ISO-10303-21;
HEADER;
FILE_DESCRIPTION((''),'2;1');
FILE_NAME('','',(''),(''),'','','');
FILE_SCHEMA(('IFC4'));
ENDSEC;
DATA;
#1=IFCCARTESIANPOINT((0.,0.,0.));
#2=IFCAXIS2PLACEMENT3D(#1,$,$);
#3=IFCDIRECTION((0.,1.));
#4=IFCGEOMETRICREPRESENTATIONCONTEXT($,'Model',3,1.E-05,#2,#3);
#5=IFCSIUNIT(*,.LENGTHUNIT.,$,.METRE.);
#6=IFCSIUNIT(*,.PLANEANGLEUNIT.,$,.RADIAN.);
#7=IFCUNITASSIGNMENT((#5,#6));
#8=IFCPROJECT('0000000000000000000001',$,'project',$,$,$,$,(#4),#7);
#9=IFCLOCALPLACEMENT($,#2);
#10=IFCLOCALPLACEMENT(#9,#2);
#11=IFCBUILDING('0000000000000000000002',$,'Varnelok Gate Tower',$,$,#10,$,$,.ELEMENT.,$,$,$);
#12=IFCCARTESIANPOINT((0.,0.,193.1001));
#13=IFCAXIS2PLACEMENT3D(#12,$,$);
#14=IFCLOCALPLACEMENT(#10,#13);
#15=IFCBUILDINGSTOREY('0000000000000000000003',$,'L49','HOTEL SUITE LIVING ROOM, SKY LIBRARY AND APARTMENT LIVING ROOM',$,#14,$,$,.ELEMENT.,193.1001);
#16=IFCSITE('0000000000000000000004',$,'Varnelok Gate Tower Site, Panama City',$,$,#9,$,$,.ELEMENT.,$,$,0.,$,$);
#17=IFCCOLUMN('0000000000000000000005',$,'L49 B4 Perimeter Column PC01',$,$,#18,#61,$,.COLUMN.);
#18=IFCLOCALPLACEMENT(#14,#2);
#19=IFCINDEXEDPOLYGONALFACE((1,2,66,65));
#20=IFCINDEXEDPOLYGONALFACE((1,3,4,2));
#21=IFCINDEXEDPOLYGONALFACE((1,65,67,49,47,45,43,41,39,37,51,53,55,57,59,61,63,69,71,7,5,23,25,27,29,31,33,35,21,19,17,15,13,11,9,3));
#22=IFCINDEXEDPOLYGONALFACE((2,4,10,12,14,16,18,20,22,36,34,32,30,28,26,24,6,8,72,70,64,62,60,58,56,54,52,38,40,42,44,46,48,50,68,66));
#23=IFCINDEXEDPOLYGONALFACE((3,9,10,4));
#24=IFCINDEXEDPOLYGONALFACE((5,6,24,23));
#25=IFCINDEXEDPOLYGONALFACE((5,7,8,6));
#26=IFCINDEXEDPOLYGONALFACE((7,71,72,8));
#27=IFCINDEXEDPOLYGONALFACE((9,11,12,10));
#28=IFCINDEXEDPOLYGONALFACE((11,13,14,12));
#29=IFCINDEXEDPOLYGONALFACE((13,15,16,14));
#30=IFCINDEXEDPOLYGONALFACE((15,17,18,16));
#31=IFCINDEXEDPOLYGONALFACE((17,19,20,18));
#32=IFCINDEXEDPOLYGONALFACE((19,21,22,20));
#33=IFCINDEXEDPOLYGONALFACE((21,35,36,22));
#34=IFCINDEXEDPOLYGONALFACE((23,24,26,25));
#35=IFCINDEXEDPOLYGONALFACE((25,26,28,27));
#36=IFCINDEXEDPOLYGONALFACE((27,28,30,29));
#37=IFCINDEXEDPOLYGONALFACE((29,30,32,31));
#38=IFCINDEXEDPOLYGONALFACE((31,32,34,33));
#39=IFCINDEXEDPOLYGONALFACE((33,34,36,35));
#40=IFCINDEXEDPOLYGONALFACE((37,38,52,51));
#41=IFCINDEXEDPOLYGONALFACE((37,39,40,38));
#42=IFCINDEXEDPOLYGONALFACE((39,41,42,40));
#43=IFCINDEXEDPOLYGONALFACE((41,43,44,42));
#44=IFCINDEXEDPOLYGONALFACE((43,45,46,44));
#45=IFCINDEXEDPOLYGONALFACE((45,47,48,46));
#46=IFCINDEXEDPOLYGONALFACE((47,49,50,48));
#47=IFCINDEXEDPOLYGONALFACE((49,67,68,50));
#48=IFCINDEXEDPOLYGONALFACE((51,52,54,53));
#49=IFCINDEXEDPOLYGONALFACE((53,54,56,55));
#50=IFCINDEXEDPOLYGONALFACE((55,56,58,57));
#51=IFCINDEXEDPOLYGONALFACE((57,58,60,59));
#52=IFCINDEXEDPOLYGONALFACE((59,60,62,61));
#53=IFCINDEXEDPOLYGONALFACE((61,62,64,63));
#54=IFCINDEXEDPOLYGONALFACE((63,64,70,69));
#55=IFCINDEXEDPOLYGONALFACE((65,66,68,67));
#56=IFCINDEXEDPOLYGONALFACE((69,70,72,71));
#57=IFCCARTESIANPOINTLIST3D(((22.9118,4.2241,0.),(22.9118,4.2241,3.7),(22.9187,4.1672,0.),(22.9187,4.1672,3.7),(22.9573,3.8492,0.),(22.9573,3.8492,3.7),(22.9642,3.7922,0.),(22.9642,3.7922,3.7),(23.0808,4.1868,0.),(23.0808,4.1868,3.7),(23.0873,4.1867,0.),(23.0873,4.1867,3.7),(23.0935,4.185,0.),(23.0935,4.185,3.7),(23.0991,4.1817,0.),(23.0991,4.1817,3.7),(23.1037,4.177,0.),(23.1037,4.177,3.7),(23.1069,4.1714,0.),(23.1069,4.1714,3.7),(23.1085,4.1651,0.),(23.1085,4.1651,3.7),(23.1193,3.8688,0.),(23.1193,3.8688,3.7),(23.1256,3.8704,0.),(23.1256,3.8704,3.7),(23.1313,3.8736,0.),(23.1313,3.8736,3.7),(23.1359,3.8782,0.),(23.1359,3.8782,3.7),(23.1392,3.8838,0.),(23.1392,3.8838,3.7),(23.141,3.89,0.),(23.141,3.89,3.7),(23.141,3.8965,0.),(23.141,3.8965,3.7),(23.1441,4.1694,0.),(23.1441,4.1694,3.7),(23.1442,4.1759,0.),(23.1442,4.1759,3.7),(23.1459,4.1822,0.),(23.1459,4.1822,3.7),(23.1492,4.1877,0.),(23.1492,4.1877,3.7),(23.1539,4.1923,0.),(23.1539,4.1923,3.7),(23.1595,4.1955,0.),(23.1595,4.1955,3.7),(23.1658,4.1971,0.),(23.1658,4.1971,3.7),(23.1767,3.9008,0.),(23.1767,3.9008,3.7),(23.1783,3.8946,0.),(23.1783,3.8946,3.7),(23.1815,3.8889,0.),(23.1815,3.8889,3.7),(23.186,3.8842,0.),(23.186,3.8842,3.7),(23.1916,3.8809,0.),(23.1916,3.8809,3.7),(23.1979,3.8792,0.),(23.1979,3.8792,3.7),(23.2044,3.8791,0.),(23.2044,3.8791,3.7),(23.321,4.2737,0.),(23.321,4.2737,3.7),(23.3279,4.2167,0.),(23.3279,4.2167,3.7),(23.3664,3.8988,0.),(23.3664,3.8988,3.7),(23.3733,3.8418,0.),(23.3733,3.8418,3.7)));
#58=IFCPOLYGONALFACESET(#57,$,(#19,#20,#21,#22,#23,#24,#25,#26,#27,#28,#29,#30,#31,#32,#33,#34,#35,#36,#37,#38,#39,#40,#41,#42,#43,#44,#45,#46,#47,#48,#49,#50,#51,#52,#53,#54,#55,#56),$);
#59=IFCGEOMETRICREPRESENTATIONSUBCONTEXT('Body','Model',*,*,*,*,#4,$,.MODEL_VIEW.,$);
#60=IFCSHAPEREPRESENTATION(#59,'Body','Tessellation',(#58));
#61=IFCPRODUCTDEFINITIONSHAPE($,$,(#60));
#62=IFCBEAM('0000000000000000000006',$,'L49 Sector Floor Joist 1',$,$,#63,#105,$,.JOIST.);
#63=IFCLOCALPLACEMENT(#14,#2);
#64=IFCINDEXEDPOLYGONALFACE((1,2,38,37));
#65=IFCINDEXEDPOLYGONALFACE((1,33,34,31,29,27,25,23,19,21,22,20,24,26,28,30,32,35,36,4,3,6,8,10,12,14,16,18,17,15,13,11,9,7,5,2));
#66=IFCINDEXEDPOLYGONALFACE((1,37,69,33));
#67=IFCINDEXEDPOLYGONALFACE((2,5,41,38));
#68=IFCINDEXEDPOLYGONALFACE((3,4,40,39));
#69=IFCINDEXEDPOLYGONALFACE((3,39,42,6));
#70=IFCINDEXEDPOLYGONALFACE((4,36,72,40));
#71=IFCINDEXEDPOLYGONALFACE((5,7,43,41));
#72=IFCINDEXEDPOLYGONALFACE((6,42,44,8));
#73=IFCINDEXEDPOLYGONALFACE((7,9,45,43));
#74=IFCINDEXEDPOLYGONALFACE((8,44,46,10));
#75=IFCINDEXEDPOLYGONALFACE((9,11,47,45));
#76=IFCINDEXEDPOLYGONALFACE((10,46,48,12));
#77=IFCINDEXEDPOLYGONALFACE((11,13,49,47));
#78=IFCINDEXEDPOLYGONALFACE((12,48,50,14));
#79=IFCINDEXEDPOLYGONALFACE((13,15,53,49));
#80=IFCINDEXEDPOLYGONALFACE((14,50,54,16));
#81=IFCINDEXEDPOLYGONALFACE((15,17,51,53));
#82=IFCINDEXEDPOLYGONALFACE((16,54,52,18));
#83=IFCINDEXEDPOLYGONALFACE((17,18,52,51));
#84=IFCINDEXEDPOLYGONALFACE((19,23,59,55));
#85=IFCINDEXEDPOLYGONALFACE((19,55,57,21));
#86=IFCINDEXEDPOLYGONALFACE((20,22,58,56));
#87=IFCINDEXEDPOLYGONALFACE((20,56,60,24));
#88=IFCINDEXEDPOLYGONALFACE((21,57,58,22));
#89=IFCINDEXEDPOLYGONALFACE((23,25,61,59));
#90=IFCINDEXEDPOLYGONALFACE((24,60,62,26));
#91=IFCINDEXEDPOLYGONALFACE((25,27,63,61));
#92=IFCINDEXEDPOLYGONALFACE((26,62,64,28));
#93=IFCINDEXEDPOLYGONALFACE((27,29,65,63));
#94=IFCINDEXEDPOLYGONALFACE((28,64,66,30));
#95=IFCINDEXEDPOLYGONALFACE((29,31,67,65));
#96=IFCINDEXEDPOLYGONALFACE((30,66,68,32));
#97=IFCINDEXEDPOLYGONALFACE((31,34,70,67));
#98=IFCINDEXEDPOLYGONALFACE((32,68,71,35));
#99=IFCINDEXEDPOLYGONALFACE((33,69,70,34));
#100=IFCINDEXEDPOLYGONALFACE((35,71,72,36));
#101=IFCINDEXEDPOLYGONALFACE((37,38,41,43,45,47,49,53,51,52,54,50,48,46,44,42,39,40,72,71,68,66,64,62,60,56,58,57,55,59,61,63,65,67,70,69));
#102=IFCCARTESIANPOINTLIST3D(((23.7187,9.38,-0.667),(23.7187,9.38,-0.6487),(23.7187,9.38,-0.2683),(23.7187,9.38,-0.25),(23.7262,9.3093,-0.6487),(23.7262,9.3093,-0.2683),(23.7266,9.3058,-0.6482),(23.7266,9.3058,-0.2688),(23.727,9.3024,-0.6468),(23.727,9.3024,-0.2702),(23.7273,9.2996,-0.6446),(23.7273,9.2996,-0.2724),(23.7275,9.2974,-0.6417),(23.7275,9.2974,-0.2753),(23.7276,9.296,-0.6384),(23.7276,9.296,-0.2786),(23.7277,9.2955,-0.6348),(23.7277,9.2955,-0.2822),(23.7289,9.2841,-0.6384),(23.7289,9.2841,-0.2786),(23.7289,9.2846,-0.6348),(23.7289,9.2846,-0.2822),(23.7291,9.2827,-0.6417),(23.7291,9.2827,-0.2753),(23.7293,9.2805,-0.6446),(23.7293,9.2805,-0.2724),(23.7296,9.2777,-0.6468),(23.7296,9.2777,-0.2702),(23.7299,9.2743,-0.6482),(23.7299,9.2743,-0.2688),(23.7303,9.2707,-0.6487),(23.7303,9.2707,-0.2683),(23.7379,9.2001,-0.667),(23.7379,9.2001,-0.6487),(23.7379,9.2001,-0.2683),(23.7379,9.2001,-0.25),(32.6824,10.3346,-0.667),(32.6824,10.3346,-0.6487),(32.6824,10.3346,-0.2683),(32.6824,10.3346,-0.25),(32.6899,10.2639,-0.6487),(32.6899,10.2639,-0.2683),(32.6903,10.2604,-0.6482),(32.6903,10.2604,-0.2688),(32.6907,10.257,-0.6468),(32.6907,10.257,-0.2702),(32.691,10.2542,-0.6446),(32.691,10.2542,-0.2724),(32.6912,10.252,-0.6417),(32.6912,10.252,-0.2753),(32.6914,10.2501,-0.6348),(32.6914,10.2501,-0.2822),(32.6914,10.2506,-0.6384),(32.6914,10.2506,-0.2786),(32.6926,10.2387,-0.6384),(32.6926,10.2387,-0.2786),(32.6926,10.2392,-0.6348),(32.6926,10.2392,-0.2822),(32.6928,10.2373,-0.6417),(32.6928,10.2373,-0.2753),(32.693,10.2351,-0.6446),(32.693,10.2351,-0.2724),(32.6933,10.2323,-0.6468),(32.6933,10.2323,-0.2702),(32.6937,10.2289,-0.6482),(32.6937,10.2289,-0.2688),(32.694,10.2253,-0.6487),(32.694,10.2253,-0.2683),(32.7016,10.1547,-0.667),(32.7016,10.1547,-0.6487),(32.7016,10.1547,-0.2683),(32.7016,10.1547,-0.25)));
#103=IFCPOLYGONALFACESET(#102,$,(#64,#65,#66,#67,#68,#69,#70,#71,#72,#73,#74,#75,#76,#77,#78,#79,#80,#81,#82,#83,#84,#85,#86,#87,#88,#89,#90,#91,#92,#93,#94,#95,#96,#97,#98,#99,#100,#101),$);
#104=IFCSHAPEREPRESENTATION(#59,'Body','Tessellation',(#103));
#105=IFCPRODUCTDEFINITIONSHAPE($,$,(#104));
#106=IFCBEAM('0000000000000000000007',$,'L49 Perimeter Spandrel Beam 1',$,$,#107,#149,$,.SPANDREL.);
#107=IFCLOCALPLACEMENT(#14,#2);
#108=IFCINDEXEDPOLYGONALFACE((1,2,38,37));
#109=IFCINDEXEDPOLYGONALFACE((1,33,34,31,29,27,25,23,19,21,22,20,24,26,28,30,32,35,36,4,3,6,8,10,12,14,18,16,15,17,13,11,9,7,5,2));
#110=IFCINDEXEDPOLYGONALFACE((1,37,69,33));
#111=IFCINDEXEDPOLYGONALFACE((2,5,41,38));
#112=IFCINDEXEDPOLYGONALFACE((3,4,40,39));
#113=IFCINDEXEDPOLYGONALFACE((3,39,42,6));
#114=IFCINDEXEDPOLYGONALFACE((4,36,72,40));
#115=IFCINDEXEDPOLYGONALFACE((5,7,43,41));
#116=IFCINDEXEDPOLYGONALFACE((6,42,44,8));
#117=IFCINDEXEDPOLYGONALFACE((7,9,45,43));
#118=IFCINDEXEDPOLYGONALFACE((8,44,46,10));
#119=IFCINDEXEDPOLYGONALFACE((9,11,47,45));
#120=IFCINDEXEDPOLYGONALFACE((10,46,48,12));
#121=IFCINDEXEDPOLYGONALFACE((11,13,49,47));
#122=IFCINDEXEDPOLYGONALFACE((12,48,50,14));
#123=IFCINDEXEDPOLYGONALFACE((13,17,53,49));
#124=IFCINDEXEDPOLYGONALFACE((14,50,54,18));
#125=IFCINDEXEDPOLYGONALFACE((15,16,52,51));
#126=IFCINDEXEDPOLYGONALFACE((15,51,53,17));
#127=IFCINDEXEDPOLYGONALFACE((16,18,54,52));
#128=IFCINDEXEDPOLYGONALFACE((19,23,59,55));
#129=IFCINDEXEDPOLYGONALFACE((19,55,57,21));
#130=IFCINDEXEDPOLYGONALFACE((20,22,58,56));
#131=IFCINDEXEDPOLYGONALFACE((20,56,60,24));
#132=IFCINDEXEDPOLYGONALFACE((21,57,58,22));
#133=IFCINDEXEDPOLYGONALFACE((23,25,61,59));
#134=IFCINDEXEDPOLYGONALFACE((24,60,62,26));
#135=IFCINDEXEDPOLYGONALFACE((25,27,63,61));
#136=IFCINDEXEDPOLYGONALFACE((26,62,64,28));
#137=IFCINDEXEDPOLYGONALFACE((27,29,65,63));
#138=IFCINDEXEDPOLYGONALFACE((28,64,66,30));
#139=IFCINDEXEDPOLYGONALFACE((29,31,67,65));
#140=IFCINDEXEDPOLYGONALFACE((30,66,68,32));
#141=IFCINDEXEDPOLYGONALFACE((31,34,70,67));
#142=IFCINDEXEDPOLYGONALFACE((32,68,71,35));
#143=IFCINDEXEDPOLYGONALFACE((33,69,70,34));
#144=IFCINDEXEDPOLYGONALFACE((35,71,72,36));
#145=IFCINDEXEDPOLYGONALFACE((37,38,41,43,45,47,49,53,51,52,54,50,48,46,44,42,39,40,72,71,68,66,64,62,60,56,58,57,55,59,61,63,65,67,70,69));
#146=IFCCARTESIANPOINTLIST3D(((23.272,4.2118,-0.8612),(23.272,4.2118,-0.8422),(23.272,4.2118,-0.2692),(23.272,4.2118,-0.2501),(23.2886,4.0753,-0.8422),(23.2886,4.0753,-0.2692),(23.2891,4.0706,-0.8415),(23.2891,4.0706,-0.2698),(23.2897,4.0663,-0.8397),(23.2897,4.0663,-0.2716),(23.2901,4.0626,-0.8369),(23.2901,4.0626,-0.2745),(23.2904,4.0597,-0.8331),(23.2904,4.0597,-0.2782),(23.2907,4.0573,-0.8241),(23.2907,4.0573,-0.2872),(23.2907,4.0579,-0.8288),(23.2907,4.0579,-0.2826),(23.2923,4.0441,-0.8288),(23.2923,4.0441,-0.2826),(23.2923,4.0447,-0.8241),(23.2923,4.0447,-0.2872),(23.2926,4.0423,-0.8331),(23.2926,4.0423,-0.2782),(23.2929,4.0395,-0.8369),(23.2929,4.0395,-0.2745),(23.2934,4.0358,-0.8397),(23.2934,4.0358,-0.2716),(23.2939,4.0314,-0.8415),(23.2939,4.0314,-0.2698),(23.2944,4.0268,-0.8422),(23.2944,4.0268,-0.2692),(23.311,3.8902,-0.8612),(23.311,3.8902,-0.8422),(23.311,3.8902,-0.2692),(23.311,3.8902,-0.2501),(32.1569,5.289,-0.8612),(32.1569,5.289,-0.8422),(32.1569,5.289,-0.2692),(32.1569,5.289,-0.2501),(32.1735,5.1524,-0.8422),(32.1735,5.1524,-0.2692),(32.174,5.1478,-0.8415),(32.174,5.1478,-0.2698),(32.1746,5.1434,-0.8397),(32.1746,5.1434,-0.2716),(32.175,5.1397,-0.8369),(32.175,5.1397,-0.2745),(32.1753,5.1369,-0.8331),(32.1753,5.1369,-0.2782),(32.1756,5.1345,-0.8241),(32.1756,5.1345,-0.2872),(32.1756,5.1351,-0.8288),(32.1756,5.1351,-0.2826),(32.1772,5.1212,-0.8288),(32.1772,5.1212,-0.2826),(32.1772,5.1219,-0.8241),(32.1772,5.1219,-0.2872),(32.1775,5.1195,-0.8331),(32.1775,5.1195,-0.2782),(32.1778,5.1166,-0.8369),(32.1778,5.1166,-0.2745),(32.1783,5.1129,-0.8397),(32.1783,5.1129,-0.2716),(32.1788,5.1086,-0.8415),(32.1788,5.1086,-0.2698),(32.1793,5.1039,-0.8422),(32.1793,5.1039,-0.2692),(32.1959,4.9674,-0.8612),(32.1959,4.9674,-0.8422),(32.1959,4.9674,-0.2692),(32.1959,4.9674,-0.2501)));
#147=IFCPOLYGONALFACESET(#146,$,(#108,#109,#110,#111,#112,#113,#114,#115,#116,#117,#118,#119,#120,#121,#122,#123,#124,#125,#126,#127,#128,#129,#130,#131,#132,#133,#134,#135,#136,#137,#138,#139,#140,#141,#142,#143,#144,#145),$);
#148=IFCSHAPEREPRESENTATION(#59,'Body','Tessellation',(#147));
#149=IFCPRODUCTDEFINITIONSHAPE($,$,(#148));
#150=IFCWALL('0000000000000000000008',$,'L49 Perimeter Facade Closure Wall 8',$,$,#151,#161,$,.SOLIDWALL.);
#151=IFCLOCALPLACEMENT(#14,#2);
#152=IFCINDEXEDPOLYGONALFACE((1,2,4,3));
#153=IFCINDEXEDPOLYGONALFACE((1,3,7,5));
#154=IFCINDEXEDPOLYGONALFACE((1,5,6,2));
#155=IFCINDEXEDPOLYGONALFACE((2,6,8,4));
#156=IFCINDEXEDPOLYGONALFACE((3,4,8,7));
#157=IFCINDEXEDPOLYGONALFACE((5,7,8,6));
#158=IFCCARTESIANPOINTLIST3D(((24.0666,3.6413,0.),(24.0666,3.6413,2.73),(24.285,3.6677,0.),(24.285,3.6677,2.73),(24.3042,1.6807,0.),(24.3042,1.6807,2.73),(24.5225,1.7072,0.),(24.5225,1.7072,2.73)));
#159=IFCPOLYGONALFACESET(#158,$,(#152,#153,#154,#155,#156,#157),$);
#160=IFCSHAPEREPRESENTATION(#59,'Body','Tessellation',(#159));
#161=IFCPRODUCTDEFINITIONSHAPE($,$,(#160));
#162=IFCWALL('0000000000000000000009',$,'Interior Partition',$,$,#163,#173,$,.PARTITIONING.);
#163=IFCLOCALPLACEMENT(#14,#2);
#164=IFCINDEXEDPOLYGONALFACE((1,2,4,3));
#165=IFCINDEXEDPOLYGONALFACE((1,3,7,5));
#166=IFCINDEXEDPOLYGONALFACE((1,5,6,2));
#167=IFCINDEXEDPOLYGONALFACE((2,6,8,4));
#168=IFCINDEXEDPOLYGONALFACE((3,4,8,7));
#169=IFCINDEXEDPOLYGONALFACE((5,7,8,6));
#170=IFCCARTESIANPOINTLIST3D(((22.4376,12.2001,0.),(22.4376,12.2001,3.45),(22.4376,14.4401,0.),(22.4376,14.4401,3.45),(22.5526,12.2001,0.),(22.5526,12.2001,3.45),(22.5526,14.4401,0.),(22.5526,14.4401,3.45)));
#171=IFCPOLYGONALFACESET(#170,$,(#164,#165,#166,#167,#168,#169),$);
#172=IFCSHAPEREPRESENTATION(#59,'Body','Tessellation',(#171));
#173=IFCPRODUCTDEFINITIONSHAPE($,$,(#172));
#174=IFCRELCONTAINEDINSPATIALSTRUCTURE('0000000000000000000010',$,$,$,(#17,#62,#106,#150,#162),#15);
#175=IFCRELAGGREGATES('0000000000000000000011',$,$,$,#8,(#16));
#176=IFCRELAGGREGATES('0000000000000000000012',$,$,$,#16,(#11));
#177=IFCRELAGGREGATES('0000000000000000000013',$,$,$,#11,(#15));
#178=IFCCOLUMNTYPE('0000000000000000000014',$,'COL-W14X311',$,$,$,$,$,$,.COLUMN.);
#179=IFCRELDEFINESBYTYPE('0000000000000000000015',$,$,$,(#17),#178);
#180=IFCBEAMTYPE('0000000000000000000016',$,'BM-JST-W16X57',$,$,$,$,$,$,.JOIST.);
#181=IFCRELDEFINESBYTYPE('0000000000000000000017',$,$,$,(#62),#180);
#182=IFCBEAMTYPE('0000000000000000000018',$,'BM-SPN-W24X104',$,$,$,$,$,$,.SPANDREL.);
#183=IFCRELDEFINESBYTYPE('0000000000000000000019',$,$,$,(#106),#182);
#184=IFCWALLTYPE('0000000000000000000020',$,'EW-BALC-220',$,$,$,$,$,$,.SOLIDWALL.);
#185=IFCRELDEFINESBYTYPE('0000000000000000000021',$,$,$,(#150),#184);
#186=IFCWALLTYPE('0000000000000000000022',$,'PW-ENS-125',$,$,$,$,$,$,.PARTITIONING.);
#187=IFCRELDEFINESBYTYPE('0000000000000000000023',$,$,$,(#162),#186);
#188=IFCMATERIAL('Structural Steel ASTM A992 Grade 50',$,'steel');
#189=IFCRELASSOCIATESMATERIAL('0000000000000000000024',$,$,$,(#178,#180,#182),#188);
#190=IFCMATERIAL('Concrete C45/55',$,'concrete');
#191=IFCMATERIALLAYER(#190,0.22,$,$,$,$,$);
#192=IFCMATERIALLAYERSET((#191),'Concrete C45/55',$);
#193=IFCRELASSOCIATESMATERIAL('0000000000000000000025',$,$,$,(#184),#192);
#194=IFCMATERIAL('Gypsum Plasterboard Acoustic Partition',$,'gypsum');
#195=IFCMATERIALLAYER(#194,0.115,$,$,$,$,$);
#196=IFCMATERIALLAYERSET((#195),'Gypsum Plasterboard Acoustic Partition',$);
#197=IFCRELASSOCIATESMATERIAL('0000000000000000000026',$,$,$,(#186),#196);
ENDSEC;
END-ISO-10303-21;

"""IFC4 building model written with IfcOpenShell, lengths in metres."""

from ifc_helpers import new_model, si_unit, direction, frame, frame_2d, origin, origin_2d, place, context, subcontext, project, spatial, rectangle, i_section, extrude, material, layer, layer_set, material_profile, profile_set, type_object, element, save


model = new_model("IFC4")

# Units and contexts
model_context = context("Model", 3, precision=1e-05, world=origin(), true_north=direction((0.0, 1.0)))
body_context = subcontext(model_context, "Body", "Model", "MODEL_VIEW")
ifc_project = project(units=[si_unit("LENGTHUNIT", "METRE"), si_unit("PLANEANGLEUNIT", "RADIAN")], contexts=[model_context])

# Site, building, storey
site_placement = place(None, origin())
site = spatial("IfcSite", under=ifc_project, at=site_placement, Name="Varnelok Gate Tower Site, Panama City", CompositionType="ELEMENT", RefElevation=0.0)
building_placement = place(site_placement, origin())
building = spatial("IfcBuilding", under=site, at=building_placement, Name="Varnelok Gate Tower", CompositionType="ELEMENT")
storey_placement = place(building_placement, frame((0.0, 0.0, 193.1001)))
storey = spatial("IfcBuildingStorey", under=building, at=storey_placement, Name="L49", Description="HOTEL SUITE LIVING ROOM, SKY LIBRARY AND APARTMENT LIVING ROOM", CompositionType="ELEMENT", Elevation=193.1001)

# Column
ifc_material_1 = material(Name="Structural Steel ASTM A992 Grade 50", Category="steel")
ifc_material_profile_1 = material_profile(ifc_material_1, i_section(OverallWidth=0.4121, OverallDepth=0.4351, WebThickness=0.0359, FlangeThickness=0.0574, FilletRadius=0.0249, at=origin_2d()), Name="W14X311")
ifc_profile_set_1 = profile_set([ifc_material_profile_1], Name="Structural Steel ASTM A992 Grade 50")
column_type = type_object("IfcColumnType", Name="COL-W14X311", PredefinedType="COLUMN", material=ifc_profile_set_1)
column_placement = place(storey_placement, frame((23.1426, 4.033, 0.0), z_axis=(0.0, 0.0, 1.0), x_axis=(0.992732, 0.120345, 0.0)))
element("IfcColumn", 1, at=column_placement, inside=storey, type_object=column_type, Name="L49 B4 Perimeter Column PC01", PredefinedType="COLUMN", context=body_context, shape_type="SweptSolid", body=[
    extrude(i_section(OverallWidth=0.4121, OverallDepth=0.4351, WebThickness=0.0359, FlangeThickness=0.0574, FilletRadius=0.0249, at=origin_2d()), origin(), (0.0, 0.0, 1.0), 3.7),
])

# Beams
ifc_material_profile_2 = material_profile(ifc_material_1, i_section(OverallWidth=0.1809, OverallDepth=0.417, WebThickness=0.011, FlangeThickness=0.0183, FilletRadius=0.0139, at=origin_2d()), Name="W16X57")
ifc_profile_set_2 = profile_set([ifc_material_profile_2], Name="Structural Steel ASTM A992 Grade 50")
beam_type_1 = type_object("IfcBeamType", Name="BM-JST-W16X57", PredefinedType="JOIST", material=ifc_profile_set_2)
beam_1_placement = place(storey_placement, frame((23.7283, 9.29, -0.4585), z_axis=(0.994377, 0.105897, 0.0), x_axis=(-0.105897, 0.994377, 0.0)))
element("IfcBeam", 2, at=beam_1_placement, inside=storey, type_object=beam_type_1, Name="L49 Sector Floor Joist 1", PredefinedType="JOIST", context=body_context, shape_type="SweptSolid", body=[
    extrude(i_section(OverallWidth=0.1809, OverallDepth=0.417, WebThickness=0.011, FlangeThickness=0.0183, FilletRadius=0.0139, at=origin_2d()), origin(), (0.0, 0.0, 1.0), 9.0144),
])
ifc_material_profile_3 = material_profile(ifc_material_1, i_section(OverallWidth=0.324, OverallDepth=0.6111, WebThickness=0.0127, FlangeThickness=0.019, FilletRadius=0.0181, at=origin_2d()), Name="W24X104")
ifc_profile_set_3 = profile_set([ifc_material_profile_3], Name="Structural Steel ASTM A992 Grade 50")
beam_type_2 = type_object("IfcBeamType", Name="BM-SPN-W24X104", PredefinedType="SPANDREL", material=ifc_profile_set_3)
beam_2_placement = place(storey_placement, frame((23.2915, 4.051, -0.5557), z_axis=(0.992731, 0.120351, 0.0), x_axis=(-0.120351, 0.992731, 0.0)))
element("IfcBeam", 3, at=beam_2_placement, inside=storey, type_object=beam_type_2, Name="L49 Perimeter Spandrel Beam 1", PredefinedType="SPANDREL", context=body_context, shape_type="SweptSolid", body=[
    extrude(i_section(OverallWidth=0.324, OverallDepth=0.6111, WebThickness=0.0127, FlangeThickness=0.019, FilletRadius=0.0181, at=origin_2d()), origin(), (0.0, 0.0, 1.0), 8.95),
])

# Walls
ifc_material_2 = material(Name="Concrete C45/55", Category="concrete")
ifc_layer_1 = layer(ifc_material_2, 0.22)
ifc_layer_set_1 = layer_set([ifc_layer_1], Name="Concrete C45/55")
wall_type_1 = type_object("IfcWallType", Name="EW-BALC-220", PredefinedType="SOLIDWALL", material=ifc_layer_set_1)
wall_1_placement = place(storey_placement, frame((24.4133, 1.6941, 0.0), z_axis=(0.0, 0.0, 1.0), x_axis=(-0.120291, 0.992739, 0.0)))
element("IfcWall", 4, at=wall_1_placement, inside=storey, type_object=wall_type_1, Name="L49 Perimeter Facade Closure Wall 8", PredefinedType="SOLIDWALL", context=body_context, shape_type="SweptSolid", body=[
    extrude(rectangle(XDim=1.9749, YDim=0.22, at=frame_2d((0.9873, 0.0))), origin(), (0.0, 0.0, 1.0), 2.73),
])
ifc_material_3 = material(Name="Gypsum Plasterboard Acoustic Partition", Category="gypsum")
ifc_layer_2 = layer(ifc_material_3, 0.115)
ifc_layer_set_2 = layer_set([ifc_layer_2], Name="Gypsum Plasterboard Acoustic Partition")
wall_type_2 = type_object("IfcWallType", Name="PW-ENS-125", PredefinedType="PARTITIONING", material=ifc_layer_set_2)
wall_2_placement = place(storey_placement, frame((22.4951, 12.2, 0.0), z_axis=(0.0, 0.0, 1.0), x_axis=(0.0, 1.0, 0.0)))
element("IfcWall", 5, at=wall_2_placement, inside=storey, type_object=wall_type_2, Name="Interior Partition", PredefinedType="PARTITIONING", context=body_context, shape_type="SweptSolid", body=[
    extrude(rectangle(XDim=2.24, YDim=0.115, at=frame_2d((1.1201, 0.0))), origin(), (0.0, 0.0, 1.0), 3.45),
])

save(model, "model.ifc")
